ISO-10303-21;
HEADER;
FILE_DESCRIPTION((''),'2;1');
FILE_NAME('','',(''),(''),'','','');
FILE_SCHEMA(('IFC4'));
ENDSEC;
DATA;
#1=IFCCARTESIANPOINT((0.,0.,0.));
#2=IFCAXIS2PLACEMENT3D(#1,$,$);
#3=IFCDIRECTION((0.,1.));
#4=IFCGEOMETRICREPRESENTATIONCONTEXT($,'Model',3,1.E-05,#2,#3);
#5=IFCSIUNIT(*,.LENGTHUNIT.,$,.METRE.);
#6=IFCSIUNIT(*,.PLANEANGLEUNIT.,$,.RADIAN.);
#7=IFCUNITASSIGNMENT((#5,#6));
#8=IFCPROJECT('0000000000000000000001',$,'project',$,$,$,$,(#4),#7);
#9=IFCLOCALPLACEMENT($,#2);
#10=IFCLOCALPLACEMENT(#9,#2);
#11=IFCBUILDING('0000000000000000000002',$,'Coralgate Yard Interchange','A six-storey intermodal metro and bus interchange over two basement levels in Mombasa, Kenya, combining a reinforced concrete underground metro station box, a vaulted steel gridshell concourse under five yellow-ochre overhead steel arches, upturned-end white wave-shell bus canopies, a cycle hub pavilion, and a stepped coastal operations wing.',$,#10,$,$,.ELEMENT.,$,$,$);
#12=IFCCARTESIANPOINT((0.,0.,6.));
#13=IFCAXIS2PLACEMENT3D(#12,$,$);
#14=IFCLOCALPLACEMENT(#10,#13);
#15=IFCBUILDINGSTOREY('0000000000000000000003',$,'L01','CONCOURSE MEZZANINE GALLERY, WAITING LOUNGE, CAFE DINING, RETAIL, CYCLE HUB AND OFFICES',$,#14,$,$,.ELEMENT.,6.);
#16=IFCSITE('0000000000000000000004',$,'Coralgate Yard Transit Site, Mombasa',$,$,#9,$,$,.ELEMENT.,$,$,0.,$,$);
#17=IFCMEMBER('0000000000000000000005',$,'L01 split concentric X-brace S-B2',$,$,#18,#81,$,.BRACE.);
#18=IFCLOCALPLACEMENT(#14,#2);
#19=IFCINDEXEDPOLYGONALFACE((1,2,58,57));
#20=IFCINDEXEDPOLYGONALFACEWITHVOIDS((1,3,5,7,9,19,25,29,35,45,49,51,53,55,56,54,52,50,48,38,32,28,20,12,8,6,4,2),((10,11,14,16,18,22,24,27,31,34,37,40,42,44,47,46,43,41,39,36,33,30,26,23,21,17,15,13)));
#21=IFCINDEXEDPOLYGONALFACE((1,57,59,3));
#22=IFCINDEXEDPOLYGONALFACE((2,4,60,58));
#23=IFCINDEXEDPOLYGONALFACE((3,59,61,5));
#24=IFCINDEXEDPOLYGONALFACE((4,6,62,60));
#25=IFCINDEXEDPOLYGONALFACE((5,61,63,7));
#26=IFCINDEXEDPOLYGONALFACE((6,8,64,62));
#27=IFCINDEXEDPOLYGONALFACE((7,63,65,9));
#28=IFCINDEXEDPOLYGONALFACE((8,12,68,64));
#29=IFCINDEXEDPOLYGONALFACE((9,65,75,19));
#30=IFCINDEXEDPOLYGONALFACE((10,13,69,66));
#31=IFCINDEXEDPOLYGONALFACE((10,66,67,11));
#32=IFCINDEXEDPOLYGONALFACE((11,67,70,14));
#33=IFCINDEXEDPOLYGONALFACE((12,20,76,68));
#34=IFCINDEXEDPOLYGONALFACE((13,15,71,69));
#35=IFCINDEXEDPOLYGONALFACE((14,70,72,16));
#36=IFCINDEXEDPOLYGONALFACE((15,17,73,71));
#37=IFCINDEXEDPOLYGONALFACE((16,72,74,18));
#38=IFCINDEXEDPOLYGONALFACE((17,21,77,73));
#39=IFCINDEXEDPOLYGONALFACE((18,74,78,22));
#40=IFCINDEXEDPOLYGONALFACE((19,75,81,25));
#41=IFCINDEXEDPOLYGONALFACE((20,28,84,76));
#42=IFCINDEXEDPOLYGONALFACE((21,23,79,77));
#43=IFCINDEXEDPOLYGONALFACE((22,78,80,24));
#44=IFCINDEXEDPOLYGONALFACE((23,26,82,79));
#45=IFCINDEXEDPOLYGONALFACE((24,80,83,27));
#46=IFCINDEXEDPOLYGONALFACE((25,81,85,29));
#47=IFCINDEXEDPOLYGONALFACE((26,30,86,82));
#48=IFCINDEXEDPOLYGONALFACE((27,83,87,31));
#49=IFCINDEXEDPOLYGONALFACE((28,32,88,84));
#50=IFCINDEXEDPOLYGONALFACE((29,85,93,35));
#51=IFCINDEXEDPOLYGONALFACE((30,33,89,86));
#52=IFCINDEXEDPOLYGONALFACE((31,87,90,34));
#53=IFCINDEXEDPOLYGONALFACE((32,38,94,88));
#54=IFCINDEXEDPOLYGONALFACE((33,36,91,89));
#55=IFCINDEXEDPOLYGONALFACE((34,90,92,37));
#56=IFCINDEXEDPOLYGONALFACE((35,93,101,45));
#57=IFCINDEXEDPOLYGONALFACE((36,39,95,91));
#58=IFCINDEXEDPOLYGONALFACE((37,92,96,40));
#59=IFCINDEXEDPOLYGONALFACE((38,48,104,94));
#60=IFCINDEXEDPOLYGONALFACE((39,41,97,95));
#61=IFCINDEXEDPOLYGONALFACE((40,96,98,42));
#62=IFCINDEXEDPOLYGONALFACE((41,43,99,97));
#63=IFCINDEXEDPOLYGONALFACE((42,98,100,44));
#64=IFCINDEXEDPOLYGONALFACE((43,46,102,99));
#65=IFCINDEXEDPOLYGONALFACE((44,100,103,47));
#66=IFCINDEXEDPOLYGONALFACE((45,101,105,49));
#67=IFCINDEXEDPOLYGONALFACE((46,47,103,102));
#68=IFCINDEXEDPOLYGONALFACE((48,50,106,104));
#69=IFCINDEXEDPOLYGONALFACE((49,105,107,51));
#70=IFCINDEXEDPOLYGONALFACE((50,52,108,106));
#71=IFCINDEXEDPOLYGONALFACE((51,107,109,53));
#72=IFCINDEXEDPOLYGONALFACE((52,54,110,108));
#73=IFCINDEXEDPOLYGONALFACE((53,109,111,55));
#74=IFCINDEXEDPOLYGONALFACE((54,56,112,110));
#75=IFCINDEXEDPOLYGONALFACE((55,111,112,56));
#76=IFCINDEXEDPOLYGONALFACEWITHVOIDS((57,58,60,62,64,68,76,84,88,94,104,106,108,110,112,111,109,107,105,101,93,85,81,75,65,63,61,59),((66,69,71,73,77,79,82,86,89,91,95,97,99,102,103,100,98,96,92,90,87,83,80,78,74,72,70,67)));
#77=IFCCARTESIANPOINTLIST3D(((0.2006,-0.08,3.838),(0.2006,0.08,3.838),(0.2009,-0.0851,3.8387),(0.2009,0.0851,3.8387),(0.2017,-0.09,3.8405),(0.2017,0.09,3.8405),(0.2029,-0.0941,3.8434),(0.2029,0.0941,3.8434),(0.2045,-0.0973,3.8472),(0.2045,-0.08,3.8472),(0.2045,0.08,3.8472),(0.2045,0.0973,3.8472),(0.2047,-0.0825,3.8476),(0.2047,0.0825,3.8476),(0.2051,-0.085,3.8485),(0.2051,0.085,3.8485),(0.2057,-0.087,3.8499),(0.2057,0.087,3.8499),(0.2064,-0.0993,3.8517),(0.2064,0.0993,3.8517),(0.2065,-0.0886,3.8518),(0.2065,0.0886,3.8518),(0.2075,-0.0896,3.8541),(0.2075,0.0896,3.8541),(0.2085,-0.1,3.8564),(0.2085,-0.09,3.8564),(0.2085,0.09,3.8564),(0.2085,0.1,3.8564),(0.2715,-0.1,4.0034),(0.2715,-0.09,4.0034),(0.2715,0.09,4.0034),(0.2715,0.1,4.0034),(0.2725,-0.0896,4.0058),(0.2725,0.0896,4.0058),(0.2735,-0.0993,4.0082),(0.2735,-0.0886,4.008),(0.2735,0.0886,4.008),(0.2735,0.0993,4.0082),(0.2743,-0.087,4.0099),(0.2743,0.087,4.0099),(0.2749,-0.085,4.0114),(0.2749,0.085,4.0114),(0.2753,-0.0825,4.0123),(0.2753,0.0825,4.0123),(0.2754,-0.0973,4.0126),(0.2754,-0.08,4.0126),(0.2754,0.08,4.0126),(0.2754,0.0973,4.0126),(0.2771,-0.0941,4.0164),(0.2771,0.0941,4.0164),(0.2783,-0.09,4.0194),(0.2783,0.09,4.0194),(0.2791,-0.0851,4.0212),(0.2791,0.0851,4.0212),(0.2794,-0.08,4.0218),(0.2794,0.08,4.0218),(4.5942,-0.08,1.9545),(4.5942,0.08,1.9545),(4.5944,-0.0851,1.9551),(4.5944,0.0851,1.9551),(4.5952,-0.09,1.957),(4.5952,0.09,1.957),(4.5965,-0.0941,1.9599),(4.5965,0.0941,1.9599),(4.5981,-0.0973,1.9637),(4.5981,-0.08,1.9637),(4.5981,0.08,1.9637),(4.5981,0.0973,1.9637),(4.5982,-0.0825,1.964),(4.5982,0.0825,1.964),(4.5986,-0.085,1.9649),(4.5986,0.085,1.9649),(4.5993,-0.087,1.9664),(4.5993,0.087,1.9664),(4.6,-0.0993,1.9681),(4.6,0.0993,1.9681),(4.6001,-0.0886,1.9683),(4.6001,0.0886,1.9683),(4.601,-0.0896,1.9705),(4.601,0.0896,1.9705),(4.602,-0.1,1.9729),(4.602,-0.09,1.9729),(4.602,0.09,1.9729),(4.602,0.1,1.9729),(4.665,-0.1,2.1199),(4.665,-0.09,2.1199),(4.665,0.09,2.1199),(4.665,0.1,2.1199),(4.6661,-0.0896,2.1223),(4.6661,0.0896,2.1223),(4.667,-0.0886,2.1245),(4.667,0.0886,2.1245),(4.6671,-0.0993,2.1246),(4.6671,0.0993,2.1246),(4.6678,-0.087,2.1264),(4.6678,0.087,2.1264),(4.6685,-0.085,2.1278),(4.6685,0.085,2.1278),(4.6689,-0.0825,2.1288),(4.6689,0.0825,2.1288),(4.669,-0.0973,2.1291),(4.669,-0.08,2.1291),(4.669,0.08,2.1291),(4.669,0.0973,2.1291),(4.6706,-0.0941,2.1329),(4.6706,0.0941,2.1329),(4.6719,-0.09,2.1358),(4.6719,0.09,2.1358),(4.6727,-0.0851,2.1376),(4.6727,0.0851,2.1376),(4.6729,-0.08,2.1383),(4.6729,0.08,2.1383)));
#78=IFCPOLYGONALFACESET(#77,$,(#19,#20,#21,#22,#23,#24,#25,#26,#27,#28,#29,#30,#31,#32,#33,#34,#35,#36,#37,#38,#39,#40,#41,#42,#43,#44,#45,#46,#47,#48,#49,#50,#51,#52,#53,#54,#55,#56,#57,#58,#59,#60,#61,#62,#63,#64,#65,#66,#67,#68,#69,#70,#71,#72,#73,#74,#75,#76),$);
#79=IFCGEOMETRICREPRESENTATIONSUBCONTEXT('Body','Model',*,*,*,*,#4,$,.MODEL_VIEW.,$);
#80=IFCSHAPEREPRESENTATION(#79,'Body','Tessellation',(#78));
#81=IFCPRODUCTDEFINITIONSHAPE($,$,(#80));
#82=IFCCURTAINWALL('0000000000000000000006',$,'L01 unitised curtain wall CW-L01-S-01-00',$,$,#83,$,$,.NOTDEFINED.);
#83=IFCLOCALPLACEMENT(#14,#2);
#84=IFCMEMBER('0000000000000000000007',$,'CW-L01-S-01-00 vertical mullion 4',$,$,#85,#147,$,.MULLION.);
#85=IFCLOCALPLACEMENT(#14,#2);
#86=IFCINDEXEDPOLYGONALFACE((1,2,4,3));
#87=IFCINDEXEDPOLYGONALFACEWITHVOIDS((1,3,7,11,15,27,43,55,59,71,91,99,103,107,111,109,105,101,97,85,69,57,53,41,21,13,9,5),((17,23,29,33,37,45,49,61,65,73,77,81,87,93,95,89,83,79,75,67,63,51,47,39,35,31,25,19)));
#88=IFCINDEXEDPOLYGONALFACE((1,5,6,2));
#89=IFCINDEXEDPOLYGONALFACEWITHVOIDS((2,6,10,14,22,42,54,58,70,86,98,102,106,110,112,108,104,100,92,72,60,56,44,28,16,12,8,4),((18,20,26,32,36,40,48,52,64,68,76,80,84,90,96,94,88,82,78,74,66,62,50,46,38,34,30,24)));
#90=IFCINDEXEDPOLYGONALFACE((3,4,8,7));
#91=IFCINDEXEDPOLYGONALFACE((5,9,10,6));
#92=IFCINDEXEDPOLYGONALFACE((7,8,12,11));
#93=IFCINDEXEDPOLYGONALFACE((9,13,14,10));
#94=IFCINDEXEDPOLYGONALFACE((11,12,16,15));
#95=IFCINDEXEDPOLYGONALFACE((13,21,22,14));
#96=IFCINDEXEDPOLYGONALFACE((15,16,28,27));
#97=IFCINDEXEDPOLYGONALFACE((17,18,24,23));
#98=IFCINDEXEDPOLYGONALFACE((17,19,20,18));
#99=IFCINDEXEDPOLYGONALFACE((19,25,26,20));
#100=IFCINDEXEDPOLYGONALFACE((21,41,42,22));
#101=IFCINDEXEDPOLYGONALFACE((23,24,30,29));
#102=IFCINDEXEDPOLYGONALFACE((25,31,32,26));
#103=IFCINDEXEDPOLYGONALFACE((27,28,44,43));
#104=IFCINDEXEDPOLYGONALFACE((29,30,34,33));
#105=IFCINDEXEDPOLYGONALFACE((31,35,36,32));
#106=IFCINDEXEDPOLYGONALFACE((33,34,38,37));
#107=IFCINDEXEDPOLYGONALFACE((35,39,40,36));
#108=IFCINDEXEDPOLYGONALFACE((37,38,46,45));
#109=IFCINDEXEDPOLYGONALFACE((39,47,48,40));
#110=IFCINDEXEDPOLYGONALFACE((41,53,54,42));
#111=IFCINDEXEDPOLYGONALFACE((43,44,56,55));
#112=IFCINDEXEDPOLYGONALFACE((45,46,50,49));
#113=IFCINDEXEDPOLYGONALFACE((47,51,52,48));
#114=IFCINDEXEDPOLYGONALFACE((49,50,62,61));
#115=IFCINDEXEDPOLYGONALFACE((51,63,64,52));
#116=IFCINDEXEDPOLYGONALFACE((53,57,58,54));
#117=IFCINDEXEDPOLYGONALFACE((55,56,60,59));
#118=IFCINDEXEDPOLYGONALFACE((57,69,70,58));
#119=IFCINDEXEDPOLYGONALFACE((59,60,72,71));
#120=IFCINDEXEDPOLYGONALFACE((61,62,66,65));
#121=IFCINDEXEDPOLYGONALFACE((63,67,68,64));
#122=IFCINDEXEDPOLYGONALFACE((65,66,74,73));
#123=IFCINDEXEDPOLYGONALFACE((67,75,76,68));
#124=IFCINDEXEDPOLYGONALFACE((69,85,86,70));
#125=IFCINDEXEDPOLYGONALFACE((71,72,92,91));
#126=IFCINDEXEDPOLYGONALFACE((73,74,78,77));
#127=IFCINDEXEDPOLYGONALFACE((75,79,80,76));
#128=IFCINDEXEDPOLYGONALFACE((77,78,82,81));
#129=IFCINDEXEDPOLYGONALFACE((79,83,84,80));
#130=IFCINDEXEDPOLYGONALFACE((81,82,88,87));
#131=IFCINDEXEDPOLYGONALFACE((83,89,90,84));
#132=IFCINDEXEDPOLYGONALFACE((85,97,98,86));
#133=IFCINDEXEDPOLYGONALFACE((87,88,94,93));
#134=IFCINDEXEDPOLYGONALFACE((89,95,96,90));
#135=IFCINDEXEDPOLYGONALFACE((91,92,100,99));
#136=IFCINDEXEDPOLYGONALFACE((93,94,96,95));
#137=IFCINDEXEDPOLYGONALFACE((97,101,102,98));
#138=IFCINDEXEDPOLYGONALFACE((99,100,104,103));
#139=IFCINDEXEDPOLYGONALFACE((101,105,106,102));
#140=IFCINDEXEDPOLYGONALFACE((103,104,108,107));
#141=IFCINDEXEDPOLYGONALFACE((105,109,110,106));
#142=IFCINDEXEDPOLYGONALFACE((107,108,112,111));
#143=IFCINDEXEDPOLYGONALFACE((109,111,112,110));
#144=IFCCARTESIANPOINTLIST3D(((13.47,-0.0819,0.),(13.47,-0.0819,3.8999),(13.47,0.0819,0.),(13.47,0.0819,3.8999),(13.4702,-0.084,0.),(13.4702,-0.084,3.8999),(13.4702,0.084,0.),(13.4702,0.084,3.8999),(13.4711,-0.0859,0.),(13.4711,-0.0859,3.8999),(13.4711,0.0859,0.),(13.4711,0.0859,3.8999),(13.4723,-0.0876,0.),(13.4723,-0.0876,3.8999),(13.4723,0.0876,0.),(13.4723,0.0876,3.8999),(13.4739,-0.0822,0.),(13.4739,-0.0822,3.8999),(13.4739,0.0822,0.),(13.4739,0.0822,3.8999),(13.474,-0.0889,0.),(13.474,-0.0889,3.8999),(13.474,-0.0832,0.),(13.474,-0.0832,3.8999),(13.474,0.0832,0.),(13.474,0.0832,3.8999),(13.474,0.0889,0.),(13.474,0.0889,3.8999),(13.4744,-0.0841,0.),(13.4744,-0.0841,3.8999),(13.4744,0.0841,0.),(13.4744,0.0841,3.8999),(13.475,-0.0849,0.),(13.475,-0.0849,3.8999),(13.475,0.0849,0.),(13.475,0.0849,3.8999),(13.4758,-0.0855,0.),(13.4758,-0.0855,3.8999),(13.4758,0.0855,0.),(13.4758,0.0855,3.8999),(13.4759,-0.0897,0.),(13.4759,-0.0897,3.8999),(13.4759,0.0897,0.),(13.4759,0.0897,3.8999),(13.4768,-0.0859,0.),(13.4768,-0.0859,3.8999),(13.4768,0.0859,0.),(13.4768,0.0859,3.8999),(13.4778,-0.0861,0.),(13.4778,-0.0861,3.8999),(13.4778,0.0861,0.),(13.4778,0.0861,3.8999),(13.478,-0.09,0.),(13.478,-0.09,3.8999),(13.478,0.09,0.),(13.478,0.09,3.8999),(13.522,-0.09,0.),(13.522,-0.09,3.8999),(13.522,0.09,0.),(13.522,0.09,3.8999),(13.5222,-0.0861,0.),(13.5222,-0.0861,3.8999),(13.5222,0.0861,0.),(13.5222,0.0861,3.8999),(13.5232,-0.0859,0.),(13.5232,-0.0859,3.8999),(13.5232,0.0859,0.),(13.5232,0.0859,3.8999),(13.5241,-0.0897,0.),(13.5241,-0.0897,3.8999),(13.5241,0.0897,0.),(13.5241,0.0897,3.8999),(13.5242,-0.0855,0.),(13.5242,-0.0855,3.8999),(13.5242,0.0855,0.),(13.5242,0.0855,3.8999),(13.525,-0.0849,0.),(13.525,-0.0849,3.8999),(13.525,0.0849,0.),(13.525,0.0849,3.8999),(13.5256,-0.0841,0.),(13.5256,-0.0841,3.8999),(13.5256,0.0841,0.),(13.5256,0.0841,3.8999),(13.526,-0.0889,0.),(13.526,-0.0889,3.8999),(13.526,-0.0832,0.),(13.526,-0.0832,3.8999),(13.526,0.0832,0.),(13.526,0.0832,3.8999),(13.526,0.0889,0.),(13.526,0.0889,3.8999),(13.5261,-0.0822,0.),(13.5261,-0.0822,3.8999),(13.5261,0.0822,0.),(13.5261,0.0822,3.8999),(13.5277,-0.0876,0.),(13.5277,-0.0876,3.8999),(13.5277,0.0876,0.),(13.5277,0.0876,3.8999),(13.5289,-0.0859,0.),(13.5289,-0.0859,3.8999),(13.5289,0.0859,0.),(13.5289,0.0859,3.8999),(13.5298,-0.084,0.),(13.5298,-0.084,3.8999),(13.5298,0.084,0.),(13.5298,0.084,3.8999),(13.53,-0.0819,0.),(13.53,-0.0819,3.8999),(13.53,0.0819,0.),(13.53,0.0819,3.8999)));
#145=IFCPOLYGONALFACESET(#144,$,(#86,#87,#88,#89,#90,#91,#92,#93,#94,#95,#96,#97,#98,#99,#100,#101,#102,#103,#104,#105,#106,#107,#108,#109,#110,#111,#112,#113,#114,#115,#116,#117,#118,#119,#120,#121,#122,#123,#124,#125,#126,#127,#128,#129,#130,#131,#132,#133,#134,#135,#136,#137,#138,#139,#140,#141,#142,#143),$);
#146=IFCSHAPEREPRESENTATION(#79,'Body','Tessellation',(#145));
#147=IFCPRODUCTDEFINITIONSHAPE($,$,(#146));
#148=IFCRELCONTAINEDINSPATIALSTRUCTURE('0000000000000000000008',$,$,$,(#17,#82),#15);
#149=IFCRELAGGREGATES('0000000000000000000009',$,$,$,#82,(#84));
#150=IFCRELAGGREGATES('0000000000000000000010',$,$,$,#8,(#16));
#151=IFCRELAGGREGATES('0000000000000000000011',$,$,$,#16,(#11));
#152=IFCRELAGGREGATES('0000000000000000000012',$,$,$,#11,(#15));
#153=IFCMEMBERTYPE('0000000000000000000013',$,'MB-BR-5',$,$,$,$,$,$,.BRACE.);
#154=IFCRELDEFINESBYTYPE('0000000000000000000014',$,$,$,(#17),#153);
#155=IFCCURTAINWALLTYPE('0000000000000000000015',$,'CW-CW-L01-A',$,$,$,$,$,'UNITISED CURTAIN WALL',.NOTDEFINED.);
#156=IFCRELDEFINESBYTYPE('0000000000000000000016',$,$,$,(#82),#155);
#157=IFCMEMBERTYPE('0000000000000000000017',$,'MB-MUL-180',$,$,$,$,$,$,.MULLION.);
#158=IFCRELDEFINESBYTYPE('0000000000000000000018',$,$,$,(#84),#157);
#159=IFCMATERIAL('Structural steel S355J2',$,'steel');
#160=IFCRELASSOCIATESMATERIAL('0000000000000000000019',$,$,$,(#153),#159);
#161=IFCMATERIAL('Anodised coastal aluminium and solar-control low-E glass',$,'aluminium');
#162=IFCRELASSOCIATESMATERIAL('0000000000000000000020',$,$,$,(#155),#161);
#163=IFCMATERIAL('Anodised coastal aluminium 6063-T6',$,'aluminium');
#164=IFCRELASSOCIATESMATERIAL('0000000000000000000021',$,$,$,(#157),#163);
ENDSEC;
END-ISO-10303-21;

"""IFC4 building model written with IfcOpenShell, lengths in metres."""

from ifc_helpers import new_model, si_unit, direction, frame, origin, origin_2d, place, context, subcontext, project, spatial, hollow_rectangle, extrude, material, material_profile, profile_set, type_object, element, aggregate, save


model = new_model("IFC4")

# Units and contexts
model_context = context("Model", 3, precision=1e-05, world=origin(), true_north=direction((0.0, 1.0)))
body_context = subcontext(model_context, "Body", "Model", "MODEL_VIEW")
ifc_project = project(units=[si_unit("LENGTHUNIT", "METRE"), si_unit("PLANEANGLEUNIT", "RADIAN")], contexts=[model_context])

# Site, building, storey
site_placement = place(None, origin())
site = spatial("IfcSite", under=ifc_project, at=site_placement, Name="Coralgate Yard Transit Site, Mombasa", CompositionType="ELEMENT", RefElevation=0.0)
building_placement = place(site_placement, origin())
building = spatial("IfcBuilding", under=site, at=building_placement, Name="Coralgate Yard Interchange", Description="A six-storey intermodal metro and bus interchange over two basement levels in Mombasa, Kenya, combining a reinforced concrete underground metro station box, a vaulted steel gridshell concourse under five yellow-ochre overhead steel arches, upturned-end white wave-shell bus canopies, a cycle hub pavilion, and a stepped coastal operations wing.", CompositionType="ELEMENT")
storey_placement = place(building_placement, frame((0.0, 0.0, 6.0)))
storey = spatial("IfcBuildingStorey", under=building, at=storey_placement, Name="L01", Description="CONCOURSE MEZZANINE GALLERY, WAITING LOUNGE, CAFE DINING, RETAIL, CYCLE HUB AND OFFICES", CompositionType="ELEMENT", Elevation=6.0)

# Shared definitions
ifc_material_1 = material(Name="Structural steel S355J2", Category="steel")

# Member
ifc_material_profile_1 = material_profile(ifc_material_1, hollow_rectangle(XDim=0.2, YDim=0.2, WallThickness=0.01, InnerFilletRadius=0.01, OuterFilletRadius=0.02, at=origin_2d()), Name="SHS 200x200x10")
ifc_profile_set_1 = profile_set([ifc_material_profile_1], Name="Structural steel S355J2")
member_type_1 = type_object("IfcMemberType", Name="MB-BR-5", PredefinedType="BRACE", material=ifc_profile_set_1)
member_1_placement = place(storey_placement, frame((4.6335, 0.0, 2.0464), z_axis=(-0.9191, 0.0, 0.394024), x_axis=(0.0, -1.0, 0.0)))
element("IfcMember", 1, at=member_1_placement, inside=storey, type_object=member_type_1, Name="L01 split concentric X-brace S-B2", PredefinedType="BRACE", context=body_context, shape_type="SweptSolid", body=[
    extrude(hollow_rectangle(XDim=0.2, YDim=0.2, WallThickness=0.01, InnerFilletRadius=0.01, OuterFilletRadius=0.02, at=origin_2d()), origin(), (0.0, 0.0, 1.0), 4.7803),
])

# Curtain wall, member
ifc_material_2 = material(Name="Anodised coastal aluminium and solar-control low-E glass", Category="aluminium")
curtain_wall_type = type_object("IfcCurtainWallType", Name="CW-CW-L01-A", ElementType="UNITISED CURTAIN WALL", PredefinedType="NOTDEFINED", material=ifc_material_2)
curtain_wall_placement = place(storey_placement, origin())
curtain_wall = element("IfcCurtainWall", 2, at=curtain_wall_placement, inside=storey, type_object=curtain_wall_type, Name="L01 unitised curtain wall CW-L01-S-01-00", PredefinedType="NOTDEFINED")
ifc_material_3 = material(Name="Anodised coastal aluminium 6063-T6", Category="aluminium")
ifc_material_profile_2 = material_profile(ifc_material_3, hollow_rectangle(XDim=0.0601, YDim=0.1799, WallThickness=0.0039, InnerFilletRadius=0.0039, OuterFilletRadius=0.0081, at=origin_2d()), Name="ALU 60x180x4")
ifc_profile_set_2 = profile_set([ifc_material_profile_2], Name="Anodised coastal aluminium 6063-T6")
member_type_2 = type_object("IfcMemberType", Name="MB-MUL-180", PredefinedType="MULLION", material=ifc_profile_set_2)
member_2_placement = place(storey_placement, frame((13.5, 0.0, 0.0), z_axis=(0.0, 0.0, 1.0), x_axis=(1.0, 0.0, 0.0)))
member_2 = element("IfcMember", 3, at=member_2_placement, type_object=member_type_2, Name="CW-L01-S-01-00 vertical mullion 4", PredefinedType="MULLION", context=body_context, shape_type="SweptSolid", body=[
    extrude(hollow_rectangle(XDim=0.0601, YDim=0.1799, WallThickness=0.0039, InnerFilletRadius=0.0039, OuterFilletRadius=0.0081, at=origin_2d()), origin(), (0.0, 0.0, 1.0), 3.8999),
])
aggregate(curtain_wall, [member_2])

save(model, "model.ifc")
